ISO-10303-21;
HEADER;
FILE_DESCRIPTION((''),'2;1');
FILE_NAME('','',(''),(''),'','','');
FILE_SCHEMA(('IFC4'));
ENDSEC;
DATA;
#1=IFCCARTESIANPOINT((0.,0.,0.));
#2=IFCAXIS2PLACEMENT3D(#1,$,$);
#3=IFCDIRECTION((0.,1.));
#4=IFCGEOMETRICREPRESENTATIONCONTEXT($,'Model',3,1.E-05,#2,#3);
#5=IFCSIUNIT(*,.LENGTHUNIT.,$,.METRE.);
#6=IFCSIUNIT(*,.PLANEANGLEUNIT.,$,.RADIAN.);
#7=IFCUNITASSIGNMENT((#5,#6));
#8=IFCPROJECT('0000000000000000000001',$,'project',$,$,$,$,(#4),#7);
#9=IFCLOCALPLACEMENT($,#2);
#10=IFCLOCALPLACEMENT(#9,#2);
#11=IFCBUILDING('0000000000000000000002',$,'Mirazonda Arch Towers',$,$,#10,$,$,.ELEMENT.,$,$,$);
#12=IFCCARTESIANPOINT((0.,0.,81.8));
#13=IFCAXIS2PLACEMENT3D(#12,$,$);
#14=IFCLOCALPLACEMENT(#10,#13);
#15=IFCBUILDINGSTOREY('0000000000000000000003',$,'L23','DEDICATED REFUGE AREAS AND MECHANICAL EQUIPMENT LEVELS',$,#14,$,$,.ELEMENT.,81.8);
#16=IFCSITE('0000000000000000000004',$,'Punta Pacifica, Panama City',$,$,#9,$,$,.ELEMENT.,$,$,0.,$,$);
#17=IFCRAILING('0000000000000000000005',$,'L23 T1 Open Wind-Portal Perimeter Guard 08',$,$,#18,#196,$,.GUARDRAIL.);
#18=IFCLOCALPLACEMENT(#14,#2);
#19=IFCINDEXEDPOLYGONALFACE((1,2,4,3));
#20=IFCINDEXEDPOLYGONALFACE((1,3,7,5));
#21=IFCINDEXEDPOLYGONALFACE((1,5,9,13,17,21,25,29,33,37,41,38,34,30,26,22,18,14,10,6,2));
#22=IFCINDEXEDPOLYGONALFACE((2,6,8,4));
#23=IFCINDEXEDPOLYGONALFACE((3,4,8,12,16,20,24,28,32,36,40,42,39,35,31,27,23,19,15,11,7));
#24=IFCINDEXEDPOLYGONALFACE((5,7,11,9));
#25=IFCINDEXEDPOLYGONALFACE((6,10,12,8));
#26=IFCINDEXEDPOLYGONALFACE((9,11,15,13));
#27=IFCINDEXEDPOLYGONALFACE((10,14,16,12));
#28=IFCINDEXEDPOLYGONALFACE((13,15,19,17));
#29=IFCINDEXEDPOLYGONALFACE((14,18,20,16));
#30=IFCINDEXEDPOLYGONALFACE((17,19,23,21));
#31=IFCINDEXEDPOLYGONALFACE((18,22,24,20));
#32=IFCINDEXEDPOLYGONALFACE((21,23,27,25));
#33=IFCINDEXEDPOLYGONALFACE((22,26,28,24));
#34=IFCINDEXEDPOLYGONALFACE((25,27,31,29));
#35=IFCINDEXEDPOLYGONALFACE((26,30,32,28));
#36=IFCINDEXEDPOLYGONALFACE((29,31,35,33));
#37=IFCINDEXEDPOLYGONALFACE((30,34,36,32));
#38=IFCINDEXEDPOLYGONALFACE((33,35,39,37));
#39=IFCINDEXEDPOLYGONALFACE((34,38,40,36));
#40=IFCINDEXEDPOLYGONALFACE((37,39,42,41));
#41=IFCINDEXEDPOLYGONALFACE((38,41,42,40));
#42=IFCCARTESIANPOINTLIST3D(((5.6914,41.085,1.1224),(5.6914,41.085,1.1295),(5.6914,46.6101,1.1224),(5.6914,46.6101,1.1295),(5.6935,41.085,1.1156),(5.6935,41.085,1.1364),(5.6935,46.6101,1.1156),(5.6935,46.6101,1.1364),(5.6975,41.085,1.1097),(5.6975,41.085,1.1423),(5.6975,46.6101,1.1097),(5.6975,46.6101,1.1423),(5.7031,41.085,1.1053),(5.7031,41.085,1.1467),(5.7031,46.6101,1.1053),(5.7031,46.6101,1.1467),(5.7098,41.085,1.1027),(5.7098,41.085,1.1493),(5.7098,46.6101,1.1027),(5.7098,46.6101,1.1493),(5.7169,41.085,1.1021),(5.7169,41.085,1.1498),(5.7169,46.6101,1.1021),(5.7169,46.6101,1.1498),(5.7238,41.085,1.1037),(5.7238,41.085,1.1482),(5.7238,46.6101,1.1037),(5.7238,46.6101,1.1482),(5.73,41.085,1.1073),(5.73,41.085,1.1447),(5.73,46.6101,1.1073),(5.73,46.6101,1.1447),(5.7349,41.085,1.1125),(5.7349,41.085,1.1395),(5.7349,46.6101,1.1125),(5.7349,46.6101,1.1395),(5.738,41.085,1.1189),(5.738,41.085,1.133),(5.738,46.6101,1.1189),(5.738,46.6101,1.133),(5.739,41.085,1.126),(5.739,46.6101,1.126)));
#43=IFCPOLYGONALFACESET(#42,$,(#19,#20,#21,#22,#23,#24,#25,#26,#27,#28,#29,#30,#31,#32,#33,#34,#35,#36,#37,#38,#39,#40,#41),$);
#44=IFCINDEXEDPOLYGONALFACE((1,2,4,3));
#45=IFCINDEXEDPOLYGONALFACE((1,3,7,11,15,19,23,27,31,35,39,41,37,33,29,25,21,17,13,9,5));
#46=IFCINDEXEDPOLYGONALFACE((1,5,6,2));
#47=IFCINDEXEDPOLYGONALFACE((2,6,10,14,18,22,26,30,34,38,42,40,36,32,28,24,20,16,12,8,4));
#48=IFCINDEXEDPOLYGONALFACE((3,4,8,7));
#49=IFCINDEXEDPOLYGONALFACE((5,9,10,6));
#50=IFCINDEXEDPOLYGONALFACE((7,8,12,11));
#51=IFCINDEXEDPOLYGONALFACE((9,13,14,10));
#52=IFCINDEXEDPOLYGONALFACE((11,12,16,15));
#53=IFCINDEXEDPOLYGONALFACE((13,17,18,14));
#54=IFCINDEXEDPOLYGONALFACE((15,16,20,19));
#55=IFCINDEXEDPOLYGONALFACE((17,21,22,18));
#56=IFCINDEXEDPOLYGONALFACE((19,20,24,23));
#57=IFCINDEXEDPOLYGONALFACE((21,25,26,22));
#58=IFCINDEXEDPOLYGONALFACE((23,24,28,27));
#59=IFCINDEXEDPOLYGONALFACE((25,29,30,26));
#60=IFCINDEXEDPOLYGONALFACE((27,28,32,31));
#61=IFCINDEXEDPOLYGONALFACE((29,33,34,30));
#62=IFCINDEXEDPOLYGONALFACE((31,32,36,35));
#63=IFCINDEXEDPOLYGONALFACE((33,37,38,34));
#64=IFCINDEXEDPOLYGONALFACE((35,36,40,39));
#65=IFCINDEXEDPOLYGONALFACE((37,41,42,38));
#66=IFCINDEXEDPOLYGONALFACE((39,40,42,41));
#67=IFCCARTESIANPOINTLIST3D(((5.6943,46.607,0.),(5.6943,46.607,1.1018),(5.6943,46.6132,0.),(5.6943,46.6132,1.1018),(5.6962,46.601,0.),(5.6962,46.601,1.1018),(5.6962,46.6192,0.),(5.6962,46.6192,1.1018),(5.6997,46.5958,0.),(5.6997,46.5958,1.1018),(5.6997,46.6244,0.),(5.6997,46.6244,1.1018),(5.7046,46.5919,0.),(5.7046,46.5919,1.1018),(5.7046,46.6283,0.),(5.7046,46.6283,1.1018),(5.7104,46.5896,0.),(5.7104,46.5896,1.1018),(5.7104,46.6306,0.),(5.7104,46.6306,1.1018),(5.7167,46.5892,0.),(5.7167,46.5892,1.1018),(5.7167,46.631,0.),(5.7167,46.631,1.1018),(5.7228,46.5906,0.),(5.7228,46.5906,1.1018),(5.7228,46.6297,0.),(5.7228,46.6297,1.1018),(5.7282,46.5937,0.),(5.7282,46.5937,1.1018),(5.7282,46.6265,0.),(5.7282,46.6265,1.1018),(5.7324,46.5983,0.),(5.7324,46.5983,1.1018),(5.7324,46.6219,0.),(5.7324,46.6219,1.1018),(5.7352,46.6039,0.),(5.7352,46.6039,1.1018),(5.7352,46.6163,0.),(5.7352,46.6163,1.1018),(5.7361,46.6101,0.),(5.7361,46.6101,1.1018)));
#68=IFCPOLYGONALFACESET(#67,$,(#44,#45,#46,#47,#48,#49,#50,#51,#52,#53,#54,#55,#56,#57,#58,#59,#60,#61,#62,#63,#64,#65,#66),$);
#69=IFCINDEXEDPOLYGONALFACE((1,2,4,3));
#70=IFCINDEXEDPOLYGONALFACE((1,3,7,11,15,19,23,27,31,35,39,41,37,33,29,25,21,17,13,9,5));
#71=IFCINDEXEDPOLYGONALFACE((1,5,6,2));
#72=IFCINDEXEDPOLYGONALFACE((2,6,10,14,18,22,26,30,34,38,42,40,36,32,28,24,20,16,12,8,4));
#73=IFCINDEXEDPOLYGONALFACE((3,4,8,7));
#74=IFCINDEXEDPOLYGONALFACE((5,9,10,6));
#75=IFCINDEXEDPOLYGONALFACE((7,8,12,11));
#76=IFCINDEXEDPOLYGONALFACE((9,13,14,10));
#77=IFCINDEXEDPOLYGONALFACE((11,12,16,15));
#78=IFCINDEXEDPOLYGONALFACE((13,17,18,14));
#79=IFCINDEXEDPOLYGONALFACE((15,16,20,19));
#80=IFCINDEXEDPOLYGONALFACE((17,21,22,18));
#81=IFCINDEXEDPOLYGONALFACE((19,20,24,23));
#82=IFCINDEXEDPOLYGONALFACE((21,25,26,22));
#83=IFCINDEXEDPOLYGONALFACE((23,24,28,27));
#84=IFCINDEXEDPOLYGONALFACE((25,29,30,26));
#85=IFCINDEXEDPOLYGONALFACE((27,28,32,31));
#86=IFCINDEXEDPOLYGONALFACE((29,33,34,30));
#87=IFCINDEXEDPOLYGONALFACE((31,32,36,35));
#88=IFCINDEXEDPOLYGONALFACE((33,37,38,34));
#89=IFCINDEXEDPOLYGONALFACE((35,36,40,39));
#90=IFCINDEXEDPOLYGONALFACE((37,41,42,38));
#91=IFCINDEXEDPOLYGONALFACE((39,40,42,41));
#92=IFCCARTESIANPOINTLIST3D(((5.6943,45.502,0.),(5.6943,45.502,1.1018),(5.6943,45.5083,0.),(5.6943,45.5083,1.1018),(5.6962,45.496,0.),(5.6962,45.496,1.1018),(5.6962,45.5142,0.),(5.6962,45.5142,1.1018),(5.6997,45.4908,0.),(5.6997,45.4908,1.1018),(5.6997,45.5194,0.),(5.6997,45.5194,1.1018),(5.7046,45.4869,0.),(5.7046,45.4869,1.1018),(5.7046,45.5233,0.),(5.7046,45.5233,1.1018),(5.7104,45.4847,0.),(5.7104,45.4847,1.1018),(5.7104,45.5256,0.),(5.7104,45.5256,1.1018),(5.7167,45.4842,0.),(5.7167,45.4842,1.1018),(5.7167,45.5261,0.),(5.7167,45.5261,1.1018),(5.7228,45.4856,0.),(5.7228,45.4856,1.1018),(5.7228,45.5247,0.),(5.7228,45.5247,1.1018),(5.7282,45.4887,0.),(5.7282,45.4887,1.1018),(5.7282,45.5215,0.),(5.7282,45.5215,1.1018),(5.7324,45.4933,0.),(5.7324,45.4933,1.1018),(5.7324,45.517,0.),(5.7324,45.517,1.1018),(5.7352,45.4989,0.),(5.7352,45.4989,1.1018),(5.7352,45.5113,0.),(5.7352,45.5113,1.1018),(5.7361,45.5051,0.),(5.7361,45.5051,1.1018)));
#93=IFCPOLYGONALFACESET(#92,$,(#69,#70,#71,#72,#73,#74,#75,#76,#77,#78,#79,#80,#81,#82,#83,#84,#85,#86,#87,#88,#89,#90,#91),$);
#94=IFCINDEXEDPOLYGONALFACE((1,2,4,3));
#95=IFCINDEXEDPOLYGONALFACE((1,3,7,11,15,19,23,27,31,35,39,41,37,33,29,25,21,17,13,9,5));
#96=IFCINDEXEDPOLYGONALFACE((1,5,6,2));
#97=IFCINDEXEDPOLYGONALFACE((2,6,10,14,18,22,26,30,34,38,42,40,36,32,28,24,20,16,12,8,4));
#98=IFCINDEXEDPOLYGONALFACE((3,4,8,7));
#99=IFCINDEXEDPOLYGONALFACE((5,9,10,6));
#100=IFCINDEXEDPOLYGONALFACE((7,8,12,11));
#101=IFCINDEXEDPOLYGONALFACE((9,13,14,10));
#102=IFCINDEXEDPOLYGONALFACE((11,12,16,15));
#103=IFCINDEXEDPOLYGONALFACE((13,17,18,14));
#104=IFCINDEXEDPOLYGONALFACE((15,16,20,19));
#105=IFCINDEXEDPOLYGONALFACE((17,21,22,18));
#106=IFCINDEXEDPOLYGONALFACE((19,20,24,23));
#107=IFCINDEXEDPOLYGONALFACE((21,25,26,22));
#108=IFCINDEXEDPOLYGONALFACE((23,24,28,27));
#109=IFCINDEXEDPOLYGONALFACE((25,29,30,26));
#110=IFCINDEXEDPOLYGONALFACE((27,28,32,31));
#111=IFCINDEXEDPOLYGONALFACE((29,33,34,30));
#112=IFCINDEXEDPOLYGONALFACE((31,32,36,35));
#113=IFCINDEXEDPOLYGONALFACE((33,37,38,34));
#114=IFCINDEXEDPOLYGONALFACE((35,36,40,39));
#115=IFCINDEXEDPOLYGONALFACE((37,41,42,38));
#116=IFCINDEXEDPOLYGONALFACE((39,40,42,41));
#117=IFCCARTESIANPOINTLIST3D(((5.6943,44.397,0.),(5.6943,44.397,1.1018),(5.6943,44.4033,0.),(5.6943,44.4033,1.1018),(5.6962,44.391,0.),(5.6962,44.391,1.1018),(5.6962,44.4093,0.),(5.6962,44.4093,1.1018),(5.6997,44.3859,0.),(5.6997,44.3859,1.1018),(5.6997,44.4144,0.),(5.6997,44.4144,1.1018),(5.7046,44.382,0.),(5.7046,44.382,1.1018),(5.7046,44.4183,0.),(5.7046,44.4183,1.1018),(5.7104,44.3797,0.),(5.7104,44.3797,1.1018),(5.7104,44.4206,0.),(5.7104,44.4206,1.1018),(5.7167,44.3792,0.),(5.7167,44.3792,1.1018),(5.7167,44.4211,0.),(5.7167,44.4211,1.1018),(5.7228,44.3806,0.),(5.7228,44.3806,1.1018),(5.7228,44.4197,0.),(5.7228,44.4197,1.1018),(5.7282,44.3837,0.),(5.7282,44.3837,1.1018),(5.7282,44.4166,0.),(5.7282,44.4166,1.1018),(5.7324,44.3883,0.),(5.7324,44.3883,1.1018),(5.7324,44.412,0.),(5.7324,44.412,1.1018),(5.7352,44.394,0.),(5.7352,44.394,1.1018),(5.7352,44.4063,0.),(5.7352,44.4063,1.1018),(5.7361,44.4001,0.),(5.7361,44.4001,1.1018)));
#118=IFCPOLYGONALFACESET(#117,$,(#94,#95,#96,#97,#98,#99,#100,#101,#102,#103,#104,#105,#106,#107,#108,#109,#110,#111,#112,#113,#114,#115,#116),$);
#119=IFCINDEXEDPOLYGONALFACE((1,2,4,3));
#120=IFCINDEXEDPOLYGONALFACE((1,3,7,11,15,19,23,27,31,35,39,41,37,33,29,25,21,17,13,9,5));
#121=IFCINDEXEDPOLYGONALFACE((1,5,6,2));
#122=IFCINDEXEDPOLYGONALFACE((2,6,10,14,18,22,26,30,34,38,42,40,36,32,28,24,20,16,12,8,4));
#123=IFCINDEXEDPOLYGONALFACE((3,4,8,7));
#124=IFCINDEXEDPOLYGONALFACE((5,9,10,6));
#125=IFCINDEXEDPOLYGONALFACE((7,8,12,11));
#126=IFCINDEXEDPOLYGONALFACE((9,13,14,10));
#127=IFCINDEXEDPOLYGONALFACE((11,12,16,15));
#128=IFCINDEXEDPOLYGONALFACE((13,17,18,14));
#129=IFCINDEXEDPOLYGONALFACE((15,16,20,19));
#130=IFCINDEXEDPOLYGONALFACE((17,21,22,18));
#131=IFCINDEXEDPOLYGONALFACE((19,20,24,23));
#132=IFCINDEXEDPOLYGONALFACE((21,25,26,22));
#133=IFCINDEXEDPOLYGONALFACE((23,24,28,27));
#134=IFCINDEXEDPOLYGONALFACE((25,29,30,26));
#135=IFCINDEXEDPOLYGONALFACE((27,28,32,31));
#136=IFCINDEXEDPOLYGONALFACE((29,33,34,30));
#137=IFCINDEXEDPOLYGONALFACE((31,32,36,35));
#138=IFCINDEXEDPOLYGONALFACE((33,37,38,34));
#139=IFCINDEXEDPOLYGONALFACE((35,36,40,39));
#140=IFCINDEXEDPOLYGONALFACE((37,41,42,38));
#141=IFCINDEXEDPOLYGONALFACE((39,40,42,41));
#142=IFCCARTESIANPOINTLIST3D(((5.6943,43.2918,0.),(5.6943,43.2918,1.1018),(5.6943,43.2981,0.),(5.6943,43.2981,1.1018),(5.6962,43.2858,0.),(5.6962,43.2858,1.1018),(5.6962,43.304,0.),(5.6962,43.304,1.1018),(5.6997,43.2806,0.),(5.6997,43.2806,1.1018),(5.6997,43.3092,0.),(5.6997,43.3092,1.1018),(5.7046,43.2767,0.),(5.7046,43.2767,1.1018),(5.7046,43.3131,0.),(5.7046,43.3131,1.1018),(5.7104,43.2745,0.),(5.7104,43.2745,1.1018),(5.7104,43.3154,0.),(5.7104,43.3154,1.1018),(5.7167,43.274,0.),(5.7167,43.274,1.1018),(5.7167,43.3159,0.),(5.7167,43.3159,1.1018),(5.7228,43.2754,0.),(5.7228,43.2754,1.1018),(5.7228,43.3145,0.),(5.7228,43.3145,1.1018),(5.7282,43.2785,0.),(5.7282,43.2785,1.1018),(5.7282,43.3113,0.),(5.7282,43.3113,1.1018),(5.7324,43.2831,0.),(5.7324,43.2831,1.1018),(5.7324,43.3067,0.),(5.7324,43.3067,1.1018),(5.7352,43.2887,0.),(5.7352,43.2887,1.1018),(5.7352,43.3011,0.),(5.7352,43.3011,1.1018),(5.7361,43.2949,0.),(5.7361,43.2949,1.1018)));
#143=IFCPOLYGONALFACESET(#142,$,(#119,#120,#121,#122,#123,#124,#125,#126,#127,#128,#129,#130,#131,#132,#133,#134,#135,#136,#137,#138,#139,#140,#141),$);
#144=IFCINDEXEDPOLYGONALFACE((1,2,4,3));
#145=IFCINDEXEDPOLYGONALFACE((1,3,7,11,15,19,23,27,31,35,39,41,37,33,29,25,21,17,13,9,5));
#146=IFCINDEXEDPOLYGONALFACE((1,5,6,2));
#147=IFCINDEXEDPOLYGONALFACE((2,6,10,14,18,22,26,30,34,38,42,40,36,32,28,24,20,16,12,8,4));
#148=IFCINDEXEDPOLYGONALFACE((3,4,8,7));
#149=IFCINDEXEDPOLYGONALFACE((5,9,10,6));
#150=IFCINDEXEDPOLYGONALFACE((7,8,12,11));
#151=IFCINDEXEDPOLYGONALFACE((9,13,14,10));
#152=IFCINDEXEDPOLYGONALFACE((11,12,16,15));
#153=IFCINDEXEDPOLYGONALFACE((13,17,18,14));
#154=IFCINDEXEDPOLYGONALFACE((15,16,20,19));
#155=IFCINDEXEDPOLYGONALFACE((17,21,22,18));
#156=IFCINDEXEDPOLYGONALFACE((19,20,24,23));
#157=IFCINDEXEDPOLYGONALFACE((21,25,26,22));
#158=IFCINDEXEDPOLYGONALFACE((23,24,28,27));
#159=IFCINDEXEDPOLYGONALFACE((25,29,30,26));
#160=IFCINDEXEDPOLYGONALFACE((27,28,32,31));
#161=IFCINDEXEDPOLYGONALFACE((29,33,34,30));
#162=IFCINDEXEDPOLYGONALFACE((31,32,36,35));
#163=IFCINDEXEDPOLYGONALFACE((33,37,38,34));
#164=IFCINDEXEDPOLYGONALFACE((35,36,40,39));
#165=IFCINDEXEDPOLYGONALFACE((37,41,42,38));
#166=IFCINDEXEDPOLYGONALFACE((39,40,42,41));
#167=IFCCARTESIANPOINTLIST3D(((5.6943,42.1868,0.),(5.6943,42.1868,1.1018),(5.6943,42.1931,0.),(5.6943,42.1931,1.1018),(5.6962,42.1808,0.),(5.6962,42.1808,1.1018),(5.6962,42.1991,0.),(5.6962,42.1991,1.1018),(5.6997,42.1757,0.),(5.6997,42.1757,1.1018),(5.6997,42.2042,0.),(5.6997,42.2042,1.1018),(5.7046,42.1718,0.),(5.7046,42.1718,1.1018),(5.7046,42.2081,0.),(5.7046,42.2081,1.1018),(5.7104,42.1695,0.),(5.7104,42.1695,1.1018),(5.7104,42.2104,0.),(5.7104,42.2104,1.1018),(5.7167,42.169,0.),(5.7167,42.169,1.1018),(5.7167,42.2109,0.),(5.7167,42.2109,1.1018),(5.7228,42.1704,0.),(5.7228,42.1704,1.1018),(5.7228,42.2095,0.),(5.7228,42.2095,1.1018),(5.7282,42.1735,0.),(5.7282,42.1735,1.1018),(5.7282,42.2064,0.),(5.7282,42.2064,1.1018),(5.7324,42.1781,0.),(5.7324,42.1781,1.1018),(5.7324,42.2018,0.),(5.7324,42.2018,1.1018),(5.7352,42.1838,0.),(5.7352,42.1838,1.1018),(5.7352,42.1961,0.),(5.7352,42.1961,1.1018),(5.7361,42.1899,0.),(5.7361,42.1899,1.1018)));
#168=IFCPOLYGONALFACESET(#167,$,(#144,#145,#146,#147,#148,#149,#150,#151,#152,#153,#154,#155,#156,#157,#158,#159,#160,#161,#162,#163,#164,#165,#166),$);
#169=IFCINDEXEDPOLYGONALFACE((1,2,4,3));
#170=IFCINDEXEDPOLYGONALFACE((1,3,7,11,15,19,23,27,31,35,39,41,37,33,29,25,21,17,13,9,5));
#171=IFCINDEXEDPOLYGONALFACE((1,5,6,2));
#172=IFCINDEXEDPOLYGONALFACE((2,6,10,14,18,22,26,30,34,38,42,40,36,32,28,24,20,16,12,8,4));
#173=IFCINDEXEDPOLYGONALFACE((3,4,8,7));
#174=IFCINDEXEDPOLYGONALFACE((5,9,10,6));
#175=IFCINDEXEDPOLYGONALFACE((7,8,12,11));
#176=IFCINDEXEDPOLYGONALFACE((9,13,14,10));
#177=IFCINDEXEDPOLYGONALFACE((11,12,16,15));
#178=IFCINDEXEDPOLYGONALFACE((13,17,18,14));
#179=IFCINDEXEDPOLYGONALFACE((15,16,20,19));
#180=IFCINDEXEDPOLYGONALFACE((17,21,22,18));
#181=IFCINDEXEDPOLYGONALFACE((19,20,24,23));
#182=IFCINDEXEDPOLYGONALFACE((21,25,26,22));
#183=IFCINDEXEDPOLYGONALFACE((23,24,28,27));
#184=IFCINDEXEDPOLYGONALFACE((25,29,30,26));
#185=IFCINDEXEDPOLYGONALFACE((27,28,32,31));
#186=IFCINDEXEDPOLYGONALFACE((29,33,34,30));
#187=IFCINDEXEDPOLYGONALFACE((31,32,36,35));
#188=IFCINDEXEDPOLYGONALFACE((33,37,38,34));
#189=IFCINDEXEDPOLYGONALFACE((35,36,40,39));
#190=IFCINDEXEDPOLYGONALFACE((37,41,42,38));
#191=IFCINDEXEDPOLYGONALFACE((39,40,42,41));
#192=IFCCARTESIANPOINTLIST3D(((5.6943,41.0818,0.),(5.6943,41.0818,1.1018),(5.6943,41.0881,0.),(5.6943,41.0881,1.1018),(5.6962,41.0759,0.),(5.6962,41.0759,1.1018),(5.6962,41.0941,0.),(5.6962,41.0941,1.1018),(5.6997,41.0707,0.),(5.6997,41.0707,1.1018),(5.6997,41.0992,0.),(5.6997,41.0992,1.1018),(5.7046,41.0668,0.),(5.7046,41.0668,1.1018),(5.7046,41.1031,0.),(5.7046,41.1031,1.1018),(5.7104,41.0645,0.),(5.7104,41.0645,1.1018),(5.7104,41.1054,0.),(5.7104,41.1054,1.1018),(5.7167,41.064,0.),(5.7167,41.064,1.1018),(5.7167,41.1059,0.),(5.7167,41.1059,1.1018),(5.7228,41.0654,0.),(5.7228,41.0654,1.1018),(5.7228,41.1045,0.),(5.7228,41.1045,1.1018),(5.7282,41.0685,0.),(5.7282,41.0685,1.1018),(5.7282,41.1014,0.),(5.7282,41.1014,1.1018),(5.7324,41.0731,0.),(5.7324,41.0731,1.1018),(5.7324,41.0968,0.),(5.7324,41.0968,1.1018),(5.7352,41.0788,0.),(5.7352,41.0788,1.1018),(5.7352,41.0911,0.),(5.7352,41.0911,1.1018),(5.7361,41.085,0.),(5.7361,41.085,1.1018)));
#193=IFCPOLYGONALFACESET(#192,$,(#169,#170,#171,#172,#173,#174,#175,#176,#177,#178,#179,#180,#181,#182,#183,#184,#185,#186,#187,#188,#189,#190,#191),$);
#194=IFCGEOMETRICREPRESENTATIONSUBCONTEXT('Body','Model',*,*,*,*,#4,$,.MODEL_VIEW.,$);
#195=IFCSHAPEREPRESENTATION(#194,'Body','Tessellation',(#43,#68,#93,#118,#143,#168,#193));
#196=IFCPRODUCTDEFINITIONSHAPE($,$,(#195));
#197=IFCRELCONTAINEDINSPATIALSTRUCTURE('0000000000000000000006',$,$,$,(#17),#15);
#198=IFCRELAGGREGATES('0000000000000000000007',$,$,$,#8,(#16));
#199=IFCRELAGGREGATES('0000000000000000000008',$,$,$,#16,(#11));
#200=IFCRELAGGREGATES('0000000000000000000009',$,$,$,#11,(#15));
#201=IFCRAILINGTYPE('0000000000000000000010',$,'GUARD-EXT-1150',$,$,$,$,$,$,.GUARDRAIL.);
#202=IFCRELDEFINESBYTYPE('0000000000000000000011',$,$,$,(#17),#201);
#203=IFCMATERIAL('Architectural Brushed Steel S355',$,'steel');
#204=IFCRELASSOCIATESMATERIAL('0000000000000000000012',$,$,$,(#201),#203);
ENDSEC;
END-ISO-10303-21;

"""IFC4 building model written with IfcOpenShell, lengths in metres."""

from ifc_helpers import new_model, si_unit, direction, frame, origin, origin_2d, place, context, subcontext, project, spatial, circle, extrude, material, type_object, element, save


model = new_model("IFC4")

# Units and contexts
model_context = context("Model", 3, precision=1e-05, world=origin(), true_north=direction((0.0, 1.0)))
body_context = subcontext(model_context, "Body", "Model", "MODEL_VIEW")
ifc_project = project(units=[si_unit("LENGTHUNIT", "METRE"), si_unit("PLANEANGLEUNIT", "RADIAN")], contexts=[model_context])

# Site, building, storey
site_placement = place(None, origin())
site = spatial("IfcSite", under=ifc_project, at=site_placement, Name="Punta Pacifica, Panama City", CompositionType="ELEMENT", RefElevation=0.0)
building_placement = place(site_placement, origin())
building = spatial("IfcBuilding", under=site, at=building_placement, Name="Mirazonda Arch Towers", CompositionType="ELEMENT")
storey_placement = place(building_placement, frame((0.0, 0.0, 81.8)))
storey = spatial("IfcBuildingStorey", under=building, at=storey_placement, Name="L23", Description="DEDICATED REFUGE AREAS AND MECHANICAL EQUIPMENT LEVELS", CompositionType="ELEMENT", Elevation=81.8)

# Shared definitions
ifc_material_1 = material(Name="Architectural Brushed Steel S355", Category="steel")

# Railing
railing_type = type_object("IfcRailingType", Name="GUARD-EXT-1150", PredefinedType="GUARDRAIL", material=ifc_material_1)
railing_1_placement = place(storey_placement, frame((5.7151, 46.6101, 0.0)))
element("IfcRailing", 1, at=railing_1_placement, inside=storey, type_object=railing_type, Name="L23 T1 Open Wind-Portal Perimeter Guard 08", PredefinedType="GUARDRAIL", context=body_context, shape_type="SweptSolid", body=[
    extrude(circle(Radius=0.0239, at=origin_2d()), frame((0.0, 0.0, 1.126), z_axis=(0.0, -1.0, 0.0), x_axis=(1.0, 0.0, 0.0)), (0.0, 0.0, 1.0), 5.5251),
    extrude(circle(Radius=0.021, at=origin_2d()), origin(), (0.0, 0.0, 1.0), 1.1018),
    extrude(circle(Radius=0.021, at=origin_2d()), frame((0.0, -1.105, 0.0)), (0.0, 0.0, 1.0), 1.1018),
    extrude(circle(Radius=0.021, at=origin_2d()), frame((0.0, -2.21, 0.0)), (0.0, 0.0, 1.0), 1.1018),
    extrude(circle(Radius=0.021, at=origin_2d()), frame((0.0, -3.3152, 0.0)), (0.0, 0.0, 1.0), 1.1018),
    extrude(circle(Radius=0.021, at=origin_2d()), frame((0.0, -4.4202, 0.0)), (0.0, 0.0, 1.0), 1.1018),
    extrude(circle(Radius=0.021, at=origin_2d()), frame((0.0, -5.5251, 0.0)), (0.0, 0.0, 1.0), 1.1018),
])

save(model, "model.ifc")
